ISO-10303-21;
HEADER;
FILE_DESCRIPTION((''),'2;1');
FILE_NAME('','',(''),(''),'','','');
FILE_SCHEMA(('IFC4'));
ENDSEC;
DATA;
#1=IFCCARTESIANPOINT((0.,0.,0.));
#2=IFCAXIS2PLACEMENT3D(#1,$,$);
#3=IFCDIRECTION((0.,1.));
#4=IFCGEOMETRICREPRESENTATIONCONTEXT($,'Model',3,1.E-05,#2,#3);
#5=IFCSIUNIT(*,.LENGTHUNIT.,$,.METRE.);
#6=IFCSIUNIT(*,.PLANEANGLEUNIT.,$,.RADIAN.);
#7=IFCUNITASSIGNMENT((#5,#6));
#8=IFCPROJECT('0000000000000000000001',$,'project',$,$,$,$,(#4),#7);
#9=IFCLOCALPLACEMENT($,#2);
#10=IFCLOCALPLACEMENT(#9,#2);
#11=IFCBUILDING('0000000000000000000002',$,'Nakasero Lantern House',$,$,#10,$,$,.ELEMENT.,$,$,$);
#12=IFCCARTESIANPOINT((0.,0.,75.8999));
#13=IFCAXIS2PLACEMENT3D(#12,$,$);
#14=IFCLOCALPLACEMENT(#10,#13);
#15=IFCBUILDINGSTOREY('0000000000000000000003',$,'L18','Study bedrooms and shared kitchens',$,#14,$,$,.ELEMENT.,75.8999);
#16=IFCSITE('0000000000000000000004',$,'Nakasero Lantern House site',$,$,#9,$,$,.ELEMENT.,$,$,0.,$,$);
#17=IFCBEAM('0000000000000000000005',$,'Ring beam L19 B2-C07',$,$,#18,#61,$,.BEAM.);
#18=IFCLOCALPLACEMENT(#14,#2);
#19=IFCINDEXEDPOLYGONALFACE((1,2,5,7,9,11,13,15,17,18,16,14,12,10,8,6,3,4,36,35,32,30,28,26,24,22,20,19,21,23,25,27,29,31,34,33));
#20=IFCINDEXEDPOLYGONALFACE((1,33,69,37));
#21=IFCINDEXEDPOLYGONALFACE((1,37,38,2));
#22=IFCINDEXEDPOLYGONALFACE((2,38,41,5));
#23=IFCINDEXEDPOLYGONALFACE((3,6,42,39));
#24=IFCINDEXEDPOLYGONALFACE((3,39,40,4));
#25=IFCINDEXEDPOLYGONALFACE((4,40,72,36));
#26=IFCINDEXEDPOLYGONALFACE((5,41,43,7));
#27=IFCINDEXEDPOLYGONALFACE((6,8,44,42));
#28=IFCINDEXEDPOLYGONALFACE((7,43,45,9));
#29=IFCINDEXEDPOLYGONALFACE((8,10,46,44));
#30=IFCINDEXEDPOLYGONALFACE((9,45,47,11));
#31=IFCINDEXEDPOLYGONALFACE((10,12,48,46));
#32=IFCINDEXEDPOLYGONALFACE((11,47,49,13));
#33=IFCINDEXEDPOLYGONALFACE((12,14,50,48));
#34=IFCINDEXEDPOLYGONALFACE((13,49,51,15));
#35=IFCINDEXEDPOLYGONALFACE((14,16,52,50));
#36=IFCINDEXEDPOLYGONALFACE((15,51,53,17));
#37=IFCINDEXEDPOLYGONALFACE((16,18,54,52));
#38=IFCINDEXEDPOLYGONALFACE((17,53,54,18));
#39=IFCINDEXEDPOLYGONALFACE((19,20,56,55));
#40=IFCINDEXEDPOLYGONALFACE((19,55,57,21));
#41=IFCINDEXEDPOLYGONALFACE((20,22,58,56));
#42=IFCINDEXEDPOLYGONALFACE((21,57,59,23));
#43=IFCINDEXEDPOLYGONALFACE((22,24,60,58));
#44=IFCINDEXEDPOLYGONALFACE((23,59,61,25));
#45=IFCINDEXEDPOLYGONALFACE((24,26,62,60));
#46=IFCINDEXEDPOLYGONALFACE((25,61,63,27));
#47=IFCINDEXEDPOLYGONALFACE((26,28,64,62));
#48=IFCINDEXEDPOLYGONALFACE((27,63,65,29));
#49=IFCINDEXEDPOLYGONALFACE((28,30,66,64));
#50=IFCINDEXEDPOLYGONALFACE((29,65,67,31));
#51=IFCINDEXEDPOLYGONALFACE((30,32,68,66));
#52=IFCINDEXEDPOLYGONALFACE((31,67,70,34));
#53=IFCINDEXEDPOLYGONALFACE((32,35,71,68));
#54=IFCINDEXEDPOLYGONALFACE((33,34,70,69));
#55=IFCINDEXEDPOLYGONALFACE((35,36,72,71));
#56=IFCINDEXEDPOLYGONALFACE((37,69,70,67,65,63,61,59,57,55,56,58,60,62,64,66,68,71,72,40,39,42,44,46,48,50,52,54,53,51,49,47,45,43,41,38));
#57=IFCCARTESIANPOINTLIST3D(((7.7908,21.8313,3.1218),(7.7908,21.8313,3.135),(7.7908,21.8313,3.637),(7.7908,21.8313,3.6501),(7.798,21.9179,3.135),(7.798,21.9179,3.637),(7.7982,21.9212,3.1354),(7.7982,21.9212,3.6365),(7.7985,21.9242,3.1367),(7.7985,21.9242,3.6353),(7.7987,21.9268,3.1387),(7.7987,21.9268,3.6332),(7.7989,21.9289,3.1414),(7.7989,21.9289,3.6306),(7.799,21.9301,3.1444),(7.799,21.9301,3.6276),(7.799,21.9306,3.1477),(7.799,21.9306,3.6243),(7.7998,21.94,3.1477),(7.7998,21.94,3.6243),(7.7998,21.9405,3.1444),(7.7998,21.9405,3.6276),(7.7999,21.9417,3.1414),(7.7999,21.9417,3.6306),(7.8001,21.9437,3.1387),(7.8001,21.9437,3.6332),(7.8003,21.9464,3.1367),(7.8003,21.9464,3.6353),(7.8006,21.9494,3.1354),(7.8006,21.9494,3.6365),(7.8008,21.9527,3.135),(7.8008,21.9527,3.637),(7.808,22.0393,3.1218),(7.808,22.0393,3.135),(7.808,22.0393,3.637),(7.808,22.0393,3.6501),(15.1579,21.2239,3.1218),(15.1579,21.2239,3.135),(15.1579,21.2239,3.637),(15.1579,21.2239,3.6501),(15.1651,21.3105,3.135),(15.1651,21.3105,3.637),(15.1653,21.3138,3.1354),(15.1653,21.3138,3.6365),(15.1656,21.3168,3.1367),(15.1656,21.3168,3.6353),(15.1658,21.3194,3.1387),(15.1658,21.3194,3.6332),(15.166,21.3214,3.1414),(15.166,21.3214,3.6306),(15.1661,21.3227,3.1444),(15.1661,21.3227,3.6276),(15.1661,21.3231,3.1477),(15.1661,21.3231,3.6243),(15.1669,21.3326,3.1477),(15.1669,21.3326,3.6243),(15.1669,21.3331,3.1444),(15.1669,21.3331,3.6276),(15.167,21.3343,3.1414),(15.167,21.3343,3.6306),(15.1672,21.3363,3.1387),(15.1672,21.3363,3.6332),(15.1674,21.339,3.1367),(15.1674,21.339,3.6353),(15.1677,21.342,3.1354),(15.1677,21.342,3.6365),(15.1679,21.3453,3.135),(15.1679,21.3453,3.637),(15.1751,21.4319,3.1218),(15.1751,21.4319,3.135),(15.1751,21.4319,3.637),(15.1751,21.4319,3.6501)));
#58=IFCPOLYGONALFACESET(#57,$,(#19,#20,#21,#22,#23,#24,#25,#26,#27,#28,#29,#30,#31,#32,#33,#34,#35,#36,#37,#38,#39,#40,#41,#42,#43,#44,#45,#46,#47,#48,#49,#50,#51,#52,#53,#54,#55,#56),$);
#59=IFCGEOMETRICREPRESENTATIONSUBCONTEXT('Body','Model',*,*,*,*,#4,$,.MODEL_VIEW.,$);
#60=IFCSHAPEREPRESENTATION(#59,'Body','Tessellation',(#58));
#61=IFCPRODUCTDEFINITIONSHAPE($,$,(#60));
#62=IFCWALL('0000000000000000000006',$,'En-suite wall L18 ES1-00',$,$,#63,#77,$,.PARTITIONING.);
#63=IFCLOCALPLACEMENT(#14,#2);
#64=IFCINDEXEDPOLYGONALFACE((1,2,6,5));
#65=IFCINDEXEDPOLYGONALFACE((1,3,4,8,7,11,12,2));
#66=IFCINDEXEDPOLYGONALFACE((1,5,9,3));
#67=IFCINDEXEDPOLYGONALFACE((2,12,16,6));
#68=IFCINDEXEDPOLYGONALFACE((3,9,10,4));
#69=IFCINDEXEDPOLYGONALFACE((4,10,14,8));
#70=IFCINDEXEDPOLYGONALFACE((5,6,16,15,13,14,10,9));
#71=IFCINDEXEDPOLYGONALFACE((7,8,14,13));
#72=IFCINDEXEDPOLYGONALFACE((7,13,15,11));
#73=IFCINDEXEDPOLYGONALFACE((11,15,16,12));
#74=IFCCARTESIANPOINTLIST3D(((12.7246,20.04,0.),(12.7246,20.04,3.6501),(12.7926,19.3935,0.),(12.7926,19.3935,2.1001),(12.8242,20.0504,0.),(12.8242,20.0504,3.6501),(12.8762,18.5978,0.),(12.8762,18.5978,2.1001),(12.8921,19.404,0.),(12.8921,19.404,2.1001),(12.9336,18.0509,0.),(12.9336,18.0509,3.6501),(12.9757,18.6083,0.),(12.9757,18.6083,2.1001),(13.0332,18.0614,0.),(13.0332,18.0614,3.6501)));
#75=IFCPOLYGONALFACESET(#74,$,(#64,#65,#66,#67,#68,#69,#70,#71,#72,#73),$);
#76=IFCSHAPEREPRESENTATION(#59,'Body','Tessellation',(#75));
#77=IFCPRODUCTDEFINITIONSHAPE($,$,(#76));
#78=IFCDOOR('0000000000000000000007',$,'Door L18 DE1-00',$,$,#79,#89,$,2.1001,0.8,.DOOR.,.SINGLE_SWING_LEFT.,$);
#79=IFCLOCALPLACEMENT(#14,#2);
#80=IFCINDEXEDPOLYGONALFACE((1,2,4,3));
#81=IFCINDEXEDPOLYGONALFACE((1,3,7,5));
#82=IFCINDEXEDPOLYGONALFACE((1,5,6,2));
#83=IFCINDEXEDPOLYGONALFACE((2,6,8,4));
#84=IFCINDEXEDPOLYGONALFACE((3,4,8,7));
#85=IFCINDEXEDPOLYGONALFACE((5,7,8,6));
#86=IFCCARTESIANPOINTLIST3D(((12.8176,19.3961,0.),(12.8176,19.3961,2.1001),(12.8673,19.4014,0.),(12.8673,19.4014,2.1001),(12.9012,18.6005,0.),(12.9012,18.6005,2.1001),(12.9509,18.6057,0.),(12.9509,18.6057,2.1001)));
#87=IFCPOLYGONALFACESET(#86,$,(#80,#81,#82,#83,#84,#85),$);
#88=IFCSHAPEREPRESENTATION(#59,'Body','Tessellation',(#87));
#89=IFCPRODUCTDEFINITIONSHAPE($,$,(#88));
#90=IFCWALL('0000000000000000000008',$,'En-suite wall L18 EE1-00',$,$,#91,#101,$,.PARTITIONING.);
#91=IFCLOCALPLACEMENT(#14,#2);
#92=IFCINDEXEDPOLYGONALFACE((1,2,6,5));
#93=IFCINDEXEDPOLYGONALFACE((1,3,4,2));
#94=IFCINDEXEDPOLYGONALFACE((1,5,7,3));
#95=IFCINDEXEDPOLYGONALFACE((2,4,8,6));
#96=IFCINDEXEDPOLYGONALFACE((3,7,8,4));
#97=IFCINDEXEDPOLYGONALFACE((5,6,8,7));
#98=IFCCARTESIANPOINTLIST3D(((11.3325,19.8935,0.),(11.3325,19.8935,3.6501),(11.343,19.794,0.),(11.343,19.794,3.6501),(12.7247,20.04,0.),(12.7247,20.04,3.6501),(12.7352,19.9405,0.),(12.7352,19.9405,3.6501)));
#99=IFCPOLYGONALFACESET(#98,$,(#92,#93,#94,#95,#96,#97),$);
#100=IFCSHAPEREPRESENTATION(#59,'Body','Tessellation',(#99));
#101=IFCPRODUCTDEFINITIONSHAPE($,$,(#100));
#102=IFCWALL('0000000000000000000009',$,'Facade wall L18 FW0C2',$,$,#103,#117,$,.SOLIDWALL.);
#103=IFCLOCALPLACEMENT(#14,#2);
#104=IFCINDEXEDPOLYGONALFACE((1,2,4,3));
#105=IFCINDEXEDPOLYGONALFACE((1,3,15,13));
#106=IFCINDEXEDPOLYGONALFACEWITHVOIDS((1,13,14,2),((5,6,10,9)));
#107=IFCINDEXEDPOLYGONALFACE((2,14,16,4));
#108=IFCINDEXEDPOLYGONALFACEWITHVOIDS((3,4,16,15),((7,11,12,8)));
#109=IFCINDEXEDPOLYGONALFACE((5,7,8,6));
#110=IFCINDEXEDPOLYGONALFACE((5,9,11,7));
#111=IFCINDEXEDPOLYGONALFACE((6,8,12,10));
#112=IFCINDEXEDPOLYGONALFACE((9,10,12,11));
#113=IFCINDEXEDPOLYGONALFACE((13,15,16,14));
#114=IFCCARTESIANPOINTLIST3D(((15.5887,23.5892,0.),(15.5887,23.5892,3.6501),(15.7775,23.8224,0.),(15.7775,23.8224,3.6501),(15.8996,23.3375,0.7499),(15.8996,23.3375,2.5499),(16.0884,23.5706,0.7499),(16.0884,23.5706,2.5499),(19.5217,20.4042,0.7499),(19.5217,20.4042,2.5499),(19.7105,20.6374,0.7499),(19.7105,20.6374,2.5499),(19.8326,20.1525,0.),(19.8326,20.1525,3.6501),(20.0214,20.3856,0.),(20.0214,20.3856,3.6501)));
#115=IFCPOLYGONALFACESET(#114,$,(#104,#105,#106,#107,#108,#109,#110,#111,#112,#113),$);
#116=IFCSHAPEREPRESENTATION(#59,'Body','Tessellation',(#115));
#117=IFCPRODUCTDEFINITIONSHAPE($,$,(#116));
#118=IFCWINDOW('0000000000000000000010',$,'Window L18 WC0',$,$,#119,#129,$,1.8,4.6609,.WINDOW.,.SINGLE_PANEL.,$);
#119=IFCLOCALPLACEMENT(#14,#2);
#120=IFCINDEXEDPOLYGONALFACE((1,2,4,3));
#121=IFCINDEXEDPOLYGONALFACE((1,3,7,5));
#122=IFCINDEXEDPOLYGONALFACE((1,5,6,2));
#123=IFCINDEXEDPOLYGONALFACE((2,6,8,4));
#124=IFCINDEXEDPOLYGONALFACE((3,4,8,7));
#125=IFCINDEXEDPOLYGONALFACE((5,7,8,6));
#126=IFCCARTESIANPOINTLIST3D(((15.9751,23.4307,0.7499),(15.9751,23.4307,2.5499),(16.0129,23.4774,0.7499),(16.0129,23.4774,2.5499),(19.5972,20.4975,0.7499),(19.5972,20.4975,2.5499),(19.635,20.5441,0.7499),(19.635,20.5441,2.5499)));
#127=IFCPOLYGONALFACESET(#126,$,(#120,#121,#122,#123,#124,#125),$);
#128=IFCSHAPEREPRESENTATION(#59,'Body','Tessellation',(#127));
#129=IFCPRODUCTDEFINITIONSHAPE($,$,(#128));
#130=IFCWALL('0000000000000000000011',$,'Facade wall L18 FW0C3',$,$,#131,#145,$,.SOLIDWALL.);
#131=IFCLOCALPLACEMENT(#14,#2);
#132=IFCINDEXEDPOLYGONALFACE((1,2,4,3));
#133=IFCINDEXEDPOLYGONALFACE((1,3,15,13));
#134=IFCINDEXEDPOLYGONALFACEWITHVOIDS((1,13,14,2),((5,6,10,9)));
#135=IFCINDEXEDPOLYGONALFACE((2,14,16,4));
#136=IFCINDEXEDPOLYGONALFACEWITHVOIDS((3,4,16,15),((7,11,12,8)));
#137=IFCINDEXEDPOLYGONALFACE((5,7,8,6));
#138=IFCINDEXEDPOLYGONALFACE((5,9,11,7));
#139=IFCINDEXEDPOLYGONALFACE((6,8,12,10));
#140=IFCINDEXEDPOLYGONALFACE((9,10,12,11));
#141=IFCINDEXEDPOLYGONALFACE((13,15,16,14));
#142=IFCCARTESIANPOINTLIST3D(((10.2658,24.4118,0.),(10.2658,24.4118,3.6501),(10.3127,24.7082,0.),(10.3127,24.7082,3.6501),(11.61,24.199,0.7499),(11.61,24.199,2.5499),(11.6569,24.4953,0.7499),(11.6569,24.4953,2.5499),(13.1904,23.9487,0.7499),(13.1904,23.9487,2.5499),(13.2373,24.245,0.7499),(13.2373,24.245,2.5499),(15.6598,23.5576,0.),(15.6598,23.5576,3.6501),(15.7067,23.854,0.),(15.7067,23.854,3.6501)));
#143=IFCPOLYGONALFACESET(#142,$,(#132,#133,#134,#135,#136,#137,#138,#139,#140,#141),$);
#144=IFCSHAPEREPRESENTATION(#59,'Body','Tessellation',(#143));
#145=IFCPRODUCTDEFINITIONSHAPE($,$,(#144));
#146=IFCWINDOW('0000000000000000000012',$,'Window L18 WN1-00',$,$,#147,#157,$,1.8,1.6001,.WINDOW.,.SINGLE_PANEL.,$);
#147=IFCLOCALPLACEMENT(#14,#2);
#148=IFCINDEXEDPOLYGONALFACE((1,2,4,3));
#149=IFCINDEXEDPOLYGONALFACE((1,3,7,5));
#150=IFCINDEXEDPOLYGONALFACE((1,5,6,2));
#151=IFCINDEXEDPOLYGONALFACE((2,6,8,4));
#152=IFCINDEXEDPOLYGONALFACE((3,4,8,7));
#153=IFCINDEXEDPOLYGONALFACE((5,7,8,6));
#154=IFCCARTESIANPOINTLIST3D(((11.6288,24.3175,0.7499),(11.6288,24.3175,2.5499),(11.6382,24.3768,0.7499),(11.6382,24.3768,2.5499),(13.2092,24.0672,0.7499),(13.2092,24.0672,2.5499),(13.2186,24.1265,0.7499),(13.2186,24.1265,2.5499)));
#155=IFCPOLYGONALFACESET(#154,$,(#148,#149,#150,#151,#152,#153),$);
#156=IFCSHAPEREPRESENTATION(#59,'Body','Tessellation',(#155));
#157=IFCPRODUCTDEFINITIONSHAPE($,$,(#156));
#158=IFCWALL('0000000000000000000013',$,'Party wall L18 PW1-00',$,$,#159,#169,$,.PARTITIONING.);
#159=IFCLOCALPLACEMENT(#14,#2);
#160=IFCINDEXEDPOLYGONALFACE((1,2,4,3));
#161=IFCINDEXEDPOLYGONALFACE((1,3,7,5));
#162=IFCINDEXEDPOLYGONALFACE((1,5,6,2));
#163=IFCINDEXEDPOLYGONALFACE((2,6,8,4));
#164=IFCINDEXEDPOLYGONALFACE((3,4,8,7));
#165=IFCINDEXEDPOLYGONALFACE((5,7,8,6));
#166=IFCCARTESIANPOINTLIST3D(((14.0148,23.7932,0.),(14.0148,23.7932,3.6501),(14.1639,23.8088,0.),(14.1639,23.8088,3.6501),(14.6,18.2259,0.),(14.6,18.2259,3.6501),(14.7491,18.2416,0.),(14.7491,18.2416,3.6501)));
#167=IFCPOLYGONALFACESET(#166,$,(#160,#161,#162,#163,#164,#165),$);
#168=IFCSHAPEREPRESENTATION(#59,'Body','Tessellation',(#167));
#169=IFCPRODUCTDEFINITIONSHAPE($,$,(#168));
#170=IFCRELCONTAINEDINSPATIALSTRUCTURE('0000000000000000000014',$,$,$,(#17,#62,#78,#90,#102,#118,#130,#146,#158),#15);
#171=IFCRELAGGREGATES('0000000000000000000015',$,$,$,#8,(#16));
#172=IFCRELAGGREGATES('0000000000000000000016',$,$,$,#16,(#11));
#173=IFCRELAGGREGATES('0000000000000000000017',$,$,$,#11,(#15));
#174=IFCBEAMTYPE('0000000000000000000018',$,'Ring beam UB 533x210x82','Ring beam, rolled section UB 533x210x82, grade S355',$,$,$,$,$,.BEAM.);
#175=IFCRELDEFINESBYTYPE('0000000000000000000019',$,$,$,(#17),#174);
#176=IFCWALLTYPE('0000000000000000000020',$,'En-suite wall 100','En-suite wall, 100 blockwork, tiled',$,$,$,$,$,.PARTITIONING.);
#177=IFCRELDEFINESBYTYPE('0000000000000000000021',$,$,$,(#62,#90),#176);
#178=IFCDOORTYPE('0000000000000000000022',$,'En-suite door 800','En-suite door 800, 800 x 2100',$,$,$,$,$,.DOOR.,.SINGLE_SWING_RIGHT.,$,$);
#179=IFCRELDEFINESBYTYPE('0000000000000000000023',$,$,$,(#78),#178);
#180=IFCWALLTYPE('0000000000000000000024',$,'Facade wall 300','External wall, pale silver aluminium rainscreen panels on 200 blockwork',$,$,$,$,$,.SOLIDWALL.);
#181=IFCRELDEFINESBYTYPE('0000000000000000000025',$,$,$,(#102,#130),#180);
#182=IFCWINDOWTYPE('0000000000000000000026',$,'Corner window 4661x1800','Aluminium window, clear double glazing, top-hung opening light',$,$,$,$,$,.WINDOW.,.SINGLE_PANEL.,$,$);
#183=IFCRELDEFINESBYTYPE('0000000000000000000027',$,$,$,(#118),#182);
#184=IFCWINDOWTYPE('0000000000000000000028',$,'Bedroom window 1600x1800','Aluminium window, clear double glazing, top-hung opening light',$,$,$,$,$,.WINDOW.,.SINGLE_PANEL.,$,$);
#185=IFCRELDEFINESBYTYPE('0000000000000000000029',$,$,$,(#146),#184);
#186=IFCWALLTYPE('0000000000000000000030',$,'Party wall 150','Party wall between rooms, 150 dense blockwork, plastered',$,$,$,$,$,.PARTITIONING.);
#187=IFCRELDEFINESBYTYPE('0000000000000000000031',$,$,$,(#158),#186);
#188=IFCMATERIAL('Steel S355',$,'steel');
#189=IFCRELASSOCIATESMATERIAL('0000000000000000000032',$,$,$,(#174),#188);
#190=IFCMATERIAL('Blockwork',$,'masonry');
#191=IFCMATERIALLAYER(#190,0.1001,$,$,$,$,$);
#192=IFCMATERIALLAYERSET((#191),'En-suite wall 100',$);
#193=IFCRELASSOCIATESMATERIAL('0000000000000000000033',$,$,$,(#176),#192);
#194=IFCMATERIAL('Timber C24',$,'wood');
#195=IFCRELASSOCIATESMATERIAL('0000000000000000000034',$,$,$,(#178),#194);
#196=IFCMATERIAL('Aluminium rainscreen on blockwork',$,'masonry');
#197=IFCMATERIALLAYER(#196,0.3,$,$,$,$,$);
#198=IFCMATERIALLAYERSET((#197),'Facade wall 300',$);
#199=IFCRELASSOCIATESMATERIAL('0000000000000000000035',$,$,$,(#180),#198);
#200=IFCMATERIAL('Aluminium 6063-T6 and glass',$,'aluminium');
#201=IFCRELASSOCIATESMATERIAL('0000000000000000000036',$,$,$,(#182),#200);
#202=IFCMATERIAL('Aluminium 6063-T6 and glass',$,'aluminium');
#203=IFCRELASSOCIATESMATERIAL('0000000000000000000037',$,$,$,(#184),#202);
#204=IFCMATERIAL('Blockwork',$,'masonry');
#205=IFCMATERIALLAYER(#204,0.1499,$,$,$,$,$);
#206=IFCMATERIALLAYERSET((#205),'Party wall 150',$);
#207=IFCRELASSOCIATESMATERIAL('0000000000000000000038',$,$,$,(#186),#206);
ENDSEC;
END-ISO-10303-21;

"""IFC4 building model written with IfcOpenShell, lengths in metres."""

from ifc_helpers import new_model, si_unit, direction, frame, frame_2d, origin, origin_2d, place, context, subcontext, project, spatial, rectangle, i_section, extrude, material, layer, layer_set, material_profile, profile_set, type_object, element, fill, save


model = new_model("IFC4")

# Units and contexts
model_context = context("Model", 3, precision=1e-05, world=origin(), true_north=direction((0.0, 1.0)))
body_context = subcontext(model_context, "Body", "Model", "MODEL_VIEW")
ifc_project = project(units=[si_unit("LENGTHUNIT", "METRE"), si_unit("PLANEANGLEUNIT", "RADIAN")], contexts=[model_context])

# Site, building, storey
site_placement = place(None, origin())
site = spatial("IfcSite", under=ifc_project, at=site_placement, Name="Nakasero Lantern House site", CompositionType="ELEMENT", RefElevation=0.0)
building_placement = place(site_placement, origin())
building = spatial("IfcBuilding", under=site, at=building_placement, Name="Nakasero Lantern House", CompositionType="ELEMENT")
storey_placement = place(building_placement, frame((0.0, 0.0, 75.8999)))
storey = spatial("IfcBuildingStorey", under=building, at=storey_placement, Name="L18", Description="Study bedrooms and shared kitchens", CompositionType="ELEMENT", Elevation=75.8999)

# Beam
ifc_material_1 = material(Name="Steel S355", Category="steel")
ifc_material_profile_1 = material_profile(ifc_material_1, i_section(OverallWidth=0.2087, OverallDepth=0.5283, WebThickness=0.0095, FlangeThickness=0.0132, FilletRadius=0.0127, at=origin_2d()), Name="UB 533x210x82")
ifc_profile_set_1 = profile_set([ifc_material_profile_1], Name="Steel S355")
beam_type_1 = type_object("IfcBeamType", Name="Ring beam UB 533x210x82", Description="Ring beam, rolled section UB 533x210x82, grade S355", PredefinedType="BEAM", material=ifc_profile_set_1)
beam_1_placement = place(storey_placement, frame((15.1665, 21.3279, 3.386), z_axis=(-0.996618, 0.082171, 0.0), x_axis=(-0.082171, -0.996618, 0.0)))
element("IfcBeam", 1, at=beam_1_placement, inside=storey, type_object=beam_type_1, Name="Ring beam L19 B2-C07", PredefinedType="BEAM", context=body_context, shape_type="SweptSolid", body=[
    extrude(i_section(OverallWidth=0.2087, OverallDepth=0.5283, WebThickness=0.0095, FlangeThickness=0.0132, FilletRadius=0.0127, at=origin_2d()), origin(), (0.0, 0.0, 1.0), 7.3921),
])

# Wall, opening, door
ifc_material_2 = material(Name="Blockwork", Category="masonry")
ifc_layer_1 = layer(ifc_material_2, 0.1001)
ifc_layer_set_1 = layer_set([ifc_layer_1], Name="En-suite wall 100")
wall_type_1 = type_object("IfcWallType", Name="En-suite wall 100", Description="En-suite wall, 100 blockwork, tiled", PredefinedType="PARTITIONING", material=ifc_layer_set_1)
wall_1_placement = place(storey_placement, frame((12.9834, 18.0562, 0.0), z_axis=(0.0, 0.0, 1.0), x_axis=(-0.104494, 0.994526, 0.0)))
wall_1 = element("IfcWall", 2, at=wall_1_placement, inside=storey, type_object=wall_type_1, Name="En-suite wall L18 ES1-00", PredefinedType="PARTITIONING", context=body_context, shape_type="SweptSolid", body=[
    extrude(rectangle(XDim=2.0, YDim=0.1001, at=frame_2d((1.0, 0.0))), origin(), (0.0, 0.0, 1.0), 3.6501),
])
opening_1_placement = place(wall_1_placement, frame((0.55, 0.0, 0.0)))
opening_1 = element("IfcOpeningElement", 3, at=opening_1_placement, cuts=wall_1, PredefinedType="OPENING", context=body_context, shape_type="SweptSolid", body=[
    extrude(rectangle(XDim=0.8, YDim=2.1001, at=frame_2d((0.3999, 1.05))), frame((0.0, 0.0701, 0.0), z_axis=(0.0, -1.0, 0.0), x_axis=(1.0, 0.0, 0.0)), (0.0, 0.0, 1.0), 0.1401),
])
ifc_material_3 = material(Name="Timber C24", Category="wood")
door_type_1 = type_object("IfcDoorType", Name="En-suite door 800", Description="En-suite door 800, 800 x 2100", OperationType="SINGLE_SWING_RIGHT", PredefinedType="DOOR", material=ifc_material_3)
door_1_placement = place(opening_1_placement, origin())
door_1 = element("IfcDoor", 4, at=door_1_placement, inside=storey, type_object=door_type_1, Name="Door L18 DE1-00", OperationType="SINGLE_SWING_LEFT", OverallHeight=2.1001, OverallWidth=0.8, PredefinedType="DOOR", context=body_context, shape_type="SweptSolid", body=[
    extrude(rectangle(XDim=0.8, YDim=2.1001, at=frame_2d((0.3999, 1.05))), frame((0.0, 0.0249, 0.0), z_axis=(0.0, -1.0, 0.0), x_axis=(1.0, 0.0, 0.0)), (0.0, 0.0, 1.0), 0.05),
])
fill(opening_1, door_1)

# Wall
wall_2_placement = place(storey_placement, frame((12.73, 19.9902, 0.0), z_axis=(0.0, 0.0, 1.0), x_axis=(-0.994511, -0.10463, 0.0)))
element("IfcWall", 5, at=wall_2_placement, inside=storey, type_object=wall_type_1, Name="En-suite wall L18 EE1-00", PredefinedType="PARTITIONING", context=body_context, shape_type="SweptSolid", body=[
    extrude(rectangle(XDim=1.3999, YDim=0.1001, at=frame_2d((0.7, 0.0))), origin(), (0.0, 0.0, 1.0), 3.6501),
])

# Walls, openings, windows
ifc_material_4 = material(Name="Aluminium rainscreen on blockwork", Category="masonry")
ifc_layer_2 = layer(ifc_material_4, 0.3)
ifc_layer_set_2 = layer_set([ifc_layer_2], Name="Facade wall 300")
wall_type_2 = type_object("IfcWallType", Name="Facade wall 300", Description="External wall, pale silver aluminium rainscreen panels on 200 blockwork", PredefinedType="SOLIDWALL", material=ifc_layer_set_2)
wall_3_placement = place(storey_placement, frame((19.927, 20.269, 0.0), z_axis=(0.0, 0.0, 1.0), x_axis=(-0.777135, 0.629335, 0.0)))
wall_3 = element("IfcWall", 6, at=wall_3_placement, inside=storey, type_object=wall_type_2, Name="Facade wall L18 FW0C2", PredefinedType="SOLIDWALL", context=body_context, shape_type="SweptSolid", body=[
    extrude(rectangle(XDim=5.4609, YDim=0.3, at=frame_2d((2.7305, 0.0))), origin(), (0.0, 0.0, 1.0), 3.6501),
])
opening_2_placement = place(wall_3_placement, frame((0.3999, 0.0, 0.75)))
opening_2 = element("IfcOpeningElement", 7, at=opening_2_placement, cuts=wall_3, PredefinedType="OPENING", context=body_context, shape_type="SweptSolid", body=[
    extrude(rectangle(XDim=4.6609, YDim=1.8, at=frame_2d((2.3306, 0.8999))), frame((0.0, 0.1699, 0.0), z_axis=(0.0, -1.0, 0.0), x_axis=(1.0, 0.0, 0.0)), (0.0, 0.0, 1.0), 0.3401),
])
ifc_material_5 = material(Name="Aluminium 6063-T6 and glass", Category="aluminium")
window_type_1 = type_object("IfcWindowType", Name="Corner window 4661x1800", Description="Aluminium window, clear double glazing, top-hung opening light", PartitioningType="SINGLE_PANEL", PredefinedType="WINDOW", material=ifc_material_5)
window_1_placement = place(opening_2_placement, origin())
window_1 = element("IfcWindow", 8, at=window_1_placement, inside=storey, type_object=window_type_1, Name="Window L18 WC0", OverallHeight=1.8, OverallWidth=4.6609, PartitioningType="SINGLE_PANEL", PredefinedType="WINDOW", context=body_context, shape_type="SweptSolid", body=[
    extrude(rectangle(XDim=4.6609, YDim=1.8, at=frame_2d((2.3306, 0.8999))), frame((0.0, 0.03, 0.0), z_axis=(0.0, -1.0, 0.0), x_axis=(1.0, 0.0, 0.0)), (0.0, 0.0, 1.0), 0.0601),
])
fill(opening_2, window_1)
wall_4_placement = place(storey_placement, frame((15.6831, 23.7058, 0.0), z_axis=(0.0, 0.0, 1.0), x_axis=(-0.987691, 0.156419, 0.0)))
wall_4 = element("IfcWall", 9, at=wall_4_placement, inside=storey, type_object=wall_type_2, Name="Facade wall L18 FW0C3", PredefinedType="SOLIDWALL", context=body_context, shape_type="SweptSolid", body=[
    extrude(rectangle(XDim=5.4612, YDim=0.3, at=frame_2d((2.7305, 0.0))), origin(), (0.0, 0.0, 1.0), 3.6501),
])
opening_3_placement = place(wall_4_placement, frame((2.5, 0.0, 0.75)))
opening_3 = element("IfcOpeningElement", 10, at=opening_3_placement, cuts=wall_4, PredefinedType="OPENING", context=body_context, shape_type="SweptSolid", body=[
    extrude(rectangle(XDim=1.6001, YDim=1.8, at=frame_2d((0.8, 0.8999))), frame((0.0, 0.1699, 0.0), z_axis=(0.0, -1.0, 0.0), x_axis=(1.0, 0.0, 0.0)), (0.0, 0.0, 1.0), 0.3401),
])
ifc_material_6 = material(Name="Aluminium 6063-T6 and glass", Category="aluminium")
window_type_2 = type_object("IfcWindowType", Name="Bedroom window 1600x1800", Description="Aluminium window, clear double glazing, top-hung opening light", PartitioningType="SINGLE_PANEL", PredefinedType="WINDOW", material=ifc_material_6)
window_2_placement = place(opening_3_placement, origin())
window_2 = element("IfcWindow", 11, at=window_2_placement, inside=storey, type_object=window_type_2, Name="Window L18 WN1-00", OverallHeight=1.8, OverallWidth=1.6001, PartitioningType="SINGLE_PANEL", PredefinedType="WINDOW", context=body_context, shape_type="SweptSolid", body=[
    extrude(rectangle(XDim=1.6001, YDim=1.8, at=frame_2d((0.8, 0.8999))), frame((0.0, 0.03, 0.0), z_axis=(0.0, -1.0, 0.0), x_axis=(1.0, 0.0, 0.0)), (0.0, 0.0, 1.0), 0.0601),
])
fill(opening_3, window_2)

# Wall
ifc_material_7 = material(Name="Blockwork", Category="masonry")
ifc_layer_3 = layer(ifc_material_7, 0.1499)
ifc_layer_set_3 = layer_set([ifc_layer_3], Name="Party wall 150")
wall_type_3 = type_object("IfcWallType", Name="Party wall 150", Description="Party wall between rooms, 150 dense blockwork, plastered", PredefinedType="PARTITIONING", material=ifc_layer_set_3)
wall_5_placement = place(storey_placement, frame((14.6746, 18.2339, 0.0), z_axis=(0.0, 0.0, 1.0), x_axis=(-0.104542, 0.99452, 0.0)))
element("IfcWall", 12, at=wall_5_placement, inside=storey, type_object=wall_type_3, Name="Party wall L18 PW1-00", PredefinedType="PARTITIONING", context=body_context, shape_type="SweptSolid", body=[
    extrude(rectangle(XDim=5.5979, YDim=0.1499, at=frame_2d((2.7988, 0.0))), origin(), (0.0, 0.0, 1.0), 3.6501),
])

save(model, "model.ifc")
